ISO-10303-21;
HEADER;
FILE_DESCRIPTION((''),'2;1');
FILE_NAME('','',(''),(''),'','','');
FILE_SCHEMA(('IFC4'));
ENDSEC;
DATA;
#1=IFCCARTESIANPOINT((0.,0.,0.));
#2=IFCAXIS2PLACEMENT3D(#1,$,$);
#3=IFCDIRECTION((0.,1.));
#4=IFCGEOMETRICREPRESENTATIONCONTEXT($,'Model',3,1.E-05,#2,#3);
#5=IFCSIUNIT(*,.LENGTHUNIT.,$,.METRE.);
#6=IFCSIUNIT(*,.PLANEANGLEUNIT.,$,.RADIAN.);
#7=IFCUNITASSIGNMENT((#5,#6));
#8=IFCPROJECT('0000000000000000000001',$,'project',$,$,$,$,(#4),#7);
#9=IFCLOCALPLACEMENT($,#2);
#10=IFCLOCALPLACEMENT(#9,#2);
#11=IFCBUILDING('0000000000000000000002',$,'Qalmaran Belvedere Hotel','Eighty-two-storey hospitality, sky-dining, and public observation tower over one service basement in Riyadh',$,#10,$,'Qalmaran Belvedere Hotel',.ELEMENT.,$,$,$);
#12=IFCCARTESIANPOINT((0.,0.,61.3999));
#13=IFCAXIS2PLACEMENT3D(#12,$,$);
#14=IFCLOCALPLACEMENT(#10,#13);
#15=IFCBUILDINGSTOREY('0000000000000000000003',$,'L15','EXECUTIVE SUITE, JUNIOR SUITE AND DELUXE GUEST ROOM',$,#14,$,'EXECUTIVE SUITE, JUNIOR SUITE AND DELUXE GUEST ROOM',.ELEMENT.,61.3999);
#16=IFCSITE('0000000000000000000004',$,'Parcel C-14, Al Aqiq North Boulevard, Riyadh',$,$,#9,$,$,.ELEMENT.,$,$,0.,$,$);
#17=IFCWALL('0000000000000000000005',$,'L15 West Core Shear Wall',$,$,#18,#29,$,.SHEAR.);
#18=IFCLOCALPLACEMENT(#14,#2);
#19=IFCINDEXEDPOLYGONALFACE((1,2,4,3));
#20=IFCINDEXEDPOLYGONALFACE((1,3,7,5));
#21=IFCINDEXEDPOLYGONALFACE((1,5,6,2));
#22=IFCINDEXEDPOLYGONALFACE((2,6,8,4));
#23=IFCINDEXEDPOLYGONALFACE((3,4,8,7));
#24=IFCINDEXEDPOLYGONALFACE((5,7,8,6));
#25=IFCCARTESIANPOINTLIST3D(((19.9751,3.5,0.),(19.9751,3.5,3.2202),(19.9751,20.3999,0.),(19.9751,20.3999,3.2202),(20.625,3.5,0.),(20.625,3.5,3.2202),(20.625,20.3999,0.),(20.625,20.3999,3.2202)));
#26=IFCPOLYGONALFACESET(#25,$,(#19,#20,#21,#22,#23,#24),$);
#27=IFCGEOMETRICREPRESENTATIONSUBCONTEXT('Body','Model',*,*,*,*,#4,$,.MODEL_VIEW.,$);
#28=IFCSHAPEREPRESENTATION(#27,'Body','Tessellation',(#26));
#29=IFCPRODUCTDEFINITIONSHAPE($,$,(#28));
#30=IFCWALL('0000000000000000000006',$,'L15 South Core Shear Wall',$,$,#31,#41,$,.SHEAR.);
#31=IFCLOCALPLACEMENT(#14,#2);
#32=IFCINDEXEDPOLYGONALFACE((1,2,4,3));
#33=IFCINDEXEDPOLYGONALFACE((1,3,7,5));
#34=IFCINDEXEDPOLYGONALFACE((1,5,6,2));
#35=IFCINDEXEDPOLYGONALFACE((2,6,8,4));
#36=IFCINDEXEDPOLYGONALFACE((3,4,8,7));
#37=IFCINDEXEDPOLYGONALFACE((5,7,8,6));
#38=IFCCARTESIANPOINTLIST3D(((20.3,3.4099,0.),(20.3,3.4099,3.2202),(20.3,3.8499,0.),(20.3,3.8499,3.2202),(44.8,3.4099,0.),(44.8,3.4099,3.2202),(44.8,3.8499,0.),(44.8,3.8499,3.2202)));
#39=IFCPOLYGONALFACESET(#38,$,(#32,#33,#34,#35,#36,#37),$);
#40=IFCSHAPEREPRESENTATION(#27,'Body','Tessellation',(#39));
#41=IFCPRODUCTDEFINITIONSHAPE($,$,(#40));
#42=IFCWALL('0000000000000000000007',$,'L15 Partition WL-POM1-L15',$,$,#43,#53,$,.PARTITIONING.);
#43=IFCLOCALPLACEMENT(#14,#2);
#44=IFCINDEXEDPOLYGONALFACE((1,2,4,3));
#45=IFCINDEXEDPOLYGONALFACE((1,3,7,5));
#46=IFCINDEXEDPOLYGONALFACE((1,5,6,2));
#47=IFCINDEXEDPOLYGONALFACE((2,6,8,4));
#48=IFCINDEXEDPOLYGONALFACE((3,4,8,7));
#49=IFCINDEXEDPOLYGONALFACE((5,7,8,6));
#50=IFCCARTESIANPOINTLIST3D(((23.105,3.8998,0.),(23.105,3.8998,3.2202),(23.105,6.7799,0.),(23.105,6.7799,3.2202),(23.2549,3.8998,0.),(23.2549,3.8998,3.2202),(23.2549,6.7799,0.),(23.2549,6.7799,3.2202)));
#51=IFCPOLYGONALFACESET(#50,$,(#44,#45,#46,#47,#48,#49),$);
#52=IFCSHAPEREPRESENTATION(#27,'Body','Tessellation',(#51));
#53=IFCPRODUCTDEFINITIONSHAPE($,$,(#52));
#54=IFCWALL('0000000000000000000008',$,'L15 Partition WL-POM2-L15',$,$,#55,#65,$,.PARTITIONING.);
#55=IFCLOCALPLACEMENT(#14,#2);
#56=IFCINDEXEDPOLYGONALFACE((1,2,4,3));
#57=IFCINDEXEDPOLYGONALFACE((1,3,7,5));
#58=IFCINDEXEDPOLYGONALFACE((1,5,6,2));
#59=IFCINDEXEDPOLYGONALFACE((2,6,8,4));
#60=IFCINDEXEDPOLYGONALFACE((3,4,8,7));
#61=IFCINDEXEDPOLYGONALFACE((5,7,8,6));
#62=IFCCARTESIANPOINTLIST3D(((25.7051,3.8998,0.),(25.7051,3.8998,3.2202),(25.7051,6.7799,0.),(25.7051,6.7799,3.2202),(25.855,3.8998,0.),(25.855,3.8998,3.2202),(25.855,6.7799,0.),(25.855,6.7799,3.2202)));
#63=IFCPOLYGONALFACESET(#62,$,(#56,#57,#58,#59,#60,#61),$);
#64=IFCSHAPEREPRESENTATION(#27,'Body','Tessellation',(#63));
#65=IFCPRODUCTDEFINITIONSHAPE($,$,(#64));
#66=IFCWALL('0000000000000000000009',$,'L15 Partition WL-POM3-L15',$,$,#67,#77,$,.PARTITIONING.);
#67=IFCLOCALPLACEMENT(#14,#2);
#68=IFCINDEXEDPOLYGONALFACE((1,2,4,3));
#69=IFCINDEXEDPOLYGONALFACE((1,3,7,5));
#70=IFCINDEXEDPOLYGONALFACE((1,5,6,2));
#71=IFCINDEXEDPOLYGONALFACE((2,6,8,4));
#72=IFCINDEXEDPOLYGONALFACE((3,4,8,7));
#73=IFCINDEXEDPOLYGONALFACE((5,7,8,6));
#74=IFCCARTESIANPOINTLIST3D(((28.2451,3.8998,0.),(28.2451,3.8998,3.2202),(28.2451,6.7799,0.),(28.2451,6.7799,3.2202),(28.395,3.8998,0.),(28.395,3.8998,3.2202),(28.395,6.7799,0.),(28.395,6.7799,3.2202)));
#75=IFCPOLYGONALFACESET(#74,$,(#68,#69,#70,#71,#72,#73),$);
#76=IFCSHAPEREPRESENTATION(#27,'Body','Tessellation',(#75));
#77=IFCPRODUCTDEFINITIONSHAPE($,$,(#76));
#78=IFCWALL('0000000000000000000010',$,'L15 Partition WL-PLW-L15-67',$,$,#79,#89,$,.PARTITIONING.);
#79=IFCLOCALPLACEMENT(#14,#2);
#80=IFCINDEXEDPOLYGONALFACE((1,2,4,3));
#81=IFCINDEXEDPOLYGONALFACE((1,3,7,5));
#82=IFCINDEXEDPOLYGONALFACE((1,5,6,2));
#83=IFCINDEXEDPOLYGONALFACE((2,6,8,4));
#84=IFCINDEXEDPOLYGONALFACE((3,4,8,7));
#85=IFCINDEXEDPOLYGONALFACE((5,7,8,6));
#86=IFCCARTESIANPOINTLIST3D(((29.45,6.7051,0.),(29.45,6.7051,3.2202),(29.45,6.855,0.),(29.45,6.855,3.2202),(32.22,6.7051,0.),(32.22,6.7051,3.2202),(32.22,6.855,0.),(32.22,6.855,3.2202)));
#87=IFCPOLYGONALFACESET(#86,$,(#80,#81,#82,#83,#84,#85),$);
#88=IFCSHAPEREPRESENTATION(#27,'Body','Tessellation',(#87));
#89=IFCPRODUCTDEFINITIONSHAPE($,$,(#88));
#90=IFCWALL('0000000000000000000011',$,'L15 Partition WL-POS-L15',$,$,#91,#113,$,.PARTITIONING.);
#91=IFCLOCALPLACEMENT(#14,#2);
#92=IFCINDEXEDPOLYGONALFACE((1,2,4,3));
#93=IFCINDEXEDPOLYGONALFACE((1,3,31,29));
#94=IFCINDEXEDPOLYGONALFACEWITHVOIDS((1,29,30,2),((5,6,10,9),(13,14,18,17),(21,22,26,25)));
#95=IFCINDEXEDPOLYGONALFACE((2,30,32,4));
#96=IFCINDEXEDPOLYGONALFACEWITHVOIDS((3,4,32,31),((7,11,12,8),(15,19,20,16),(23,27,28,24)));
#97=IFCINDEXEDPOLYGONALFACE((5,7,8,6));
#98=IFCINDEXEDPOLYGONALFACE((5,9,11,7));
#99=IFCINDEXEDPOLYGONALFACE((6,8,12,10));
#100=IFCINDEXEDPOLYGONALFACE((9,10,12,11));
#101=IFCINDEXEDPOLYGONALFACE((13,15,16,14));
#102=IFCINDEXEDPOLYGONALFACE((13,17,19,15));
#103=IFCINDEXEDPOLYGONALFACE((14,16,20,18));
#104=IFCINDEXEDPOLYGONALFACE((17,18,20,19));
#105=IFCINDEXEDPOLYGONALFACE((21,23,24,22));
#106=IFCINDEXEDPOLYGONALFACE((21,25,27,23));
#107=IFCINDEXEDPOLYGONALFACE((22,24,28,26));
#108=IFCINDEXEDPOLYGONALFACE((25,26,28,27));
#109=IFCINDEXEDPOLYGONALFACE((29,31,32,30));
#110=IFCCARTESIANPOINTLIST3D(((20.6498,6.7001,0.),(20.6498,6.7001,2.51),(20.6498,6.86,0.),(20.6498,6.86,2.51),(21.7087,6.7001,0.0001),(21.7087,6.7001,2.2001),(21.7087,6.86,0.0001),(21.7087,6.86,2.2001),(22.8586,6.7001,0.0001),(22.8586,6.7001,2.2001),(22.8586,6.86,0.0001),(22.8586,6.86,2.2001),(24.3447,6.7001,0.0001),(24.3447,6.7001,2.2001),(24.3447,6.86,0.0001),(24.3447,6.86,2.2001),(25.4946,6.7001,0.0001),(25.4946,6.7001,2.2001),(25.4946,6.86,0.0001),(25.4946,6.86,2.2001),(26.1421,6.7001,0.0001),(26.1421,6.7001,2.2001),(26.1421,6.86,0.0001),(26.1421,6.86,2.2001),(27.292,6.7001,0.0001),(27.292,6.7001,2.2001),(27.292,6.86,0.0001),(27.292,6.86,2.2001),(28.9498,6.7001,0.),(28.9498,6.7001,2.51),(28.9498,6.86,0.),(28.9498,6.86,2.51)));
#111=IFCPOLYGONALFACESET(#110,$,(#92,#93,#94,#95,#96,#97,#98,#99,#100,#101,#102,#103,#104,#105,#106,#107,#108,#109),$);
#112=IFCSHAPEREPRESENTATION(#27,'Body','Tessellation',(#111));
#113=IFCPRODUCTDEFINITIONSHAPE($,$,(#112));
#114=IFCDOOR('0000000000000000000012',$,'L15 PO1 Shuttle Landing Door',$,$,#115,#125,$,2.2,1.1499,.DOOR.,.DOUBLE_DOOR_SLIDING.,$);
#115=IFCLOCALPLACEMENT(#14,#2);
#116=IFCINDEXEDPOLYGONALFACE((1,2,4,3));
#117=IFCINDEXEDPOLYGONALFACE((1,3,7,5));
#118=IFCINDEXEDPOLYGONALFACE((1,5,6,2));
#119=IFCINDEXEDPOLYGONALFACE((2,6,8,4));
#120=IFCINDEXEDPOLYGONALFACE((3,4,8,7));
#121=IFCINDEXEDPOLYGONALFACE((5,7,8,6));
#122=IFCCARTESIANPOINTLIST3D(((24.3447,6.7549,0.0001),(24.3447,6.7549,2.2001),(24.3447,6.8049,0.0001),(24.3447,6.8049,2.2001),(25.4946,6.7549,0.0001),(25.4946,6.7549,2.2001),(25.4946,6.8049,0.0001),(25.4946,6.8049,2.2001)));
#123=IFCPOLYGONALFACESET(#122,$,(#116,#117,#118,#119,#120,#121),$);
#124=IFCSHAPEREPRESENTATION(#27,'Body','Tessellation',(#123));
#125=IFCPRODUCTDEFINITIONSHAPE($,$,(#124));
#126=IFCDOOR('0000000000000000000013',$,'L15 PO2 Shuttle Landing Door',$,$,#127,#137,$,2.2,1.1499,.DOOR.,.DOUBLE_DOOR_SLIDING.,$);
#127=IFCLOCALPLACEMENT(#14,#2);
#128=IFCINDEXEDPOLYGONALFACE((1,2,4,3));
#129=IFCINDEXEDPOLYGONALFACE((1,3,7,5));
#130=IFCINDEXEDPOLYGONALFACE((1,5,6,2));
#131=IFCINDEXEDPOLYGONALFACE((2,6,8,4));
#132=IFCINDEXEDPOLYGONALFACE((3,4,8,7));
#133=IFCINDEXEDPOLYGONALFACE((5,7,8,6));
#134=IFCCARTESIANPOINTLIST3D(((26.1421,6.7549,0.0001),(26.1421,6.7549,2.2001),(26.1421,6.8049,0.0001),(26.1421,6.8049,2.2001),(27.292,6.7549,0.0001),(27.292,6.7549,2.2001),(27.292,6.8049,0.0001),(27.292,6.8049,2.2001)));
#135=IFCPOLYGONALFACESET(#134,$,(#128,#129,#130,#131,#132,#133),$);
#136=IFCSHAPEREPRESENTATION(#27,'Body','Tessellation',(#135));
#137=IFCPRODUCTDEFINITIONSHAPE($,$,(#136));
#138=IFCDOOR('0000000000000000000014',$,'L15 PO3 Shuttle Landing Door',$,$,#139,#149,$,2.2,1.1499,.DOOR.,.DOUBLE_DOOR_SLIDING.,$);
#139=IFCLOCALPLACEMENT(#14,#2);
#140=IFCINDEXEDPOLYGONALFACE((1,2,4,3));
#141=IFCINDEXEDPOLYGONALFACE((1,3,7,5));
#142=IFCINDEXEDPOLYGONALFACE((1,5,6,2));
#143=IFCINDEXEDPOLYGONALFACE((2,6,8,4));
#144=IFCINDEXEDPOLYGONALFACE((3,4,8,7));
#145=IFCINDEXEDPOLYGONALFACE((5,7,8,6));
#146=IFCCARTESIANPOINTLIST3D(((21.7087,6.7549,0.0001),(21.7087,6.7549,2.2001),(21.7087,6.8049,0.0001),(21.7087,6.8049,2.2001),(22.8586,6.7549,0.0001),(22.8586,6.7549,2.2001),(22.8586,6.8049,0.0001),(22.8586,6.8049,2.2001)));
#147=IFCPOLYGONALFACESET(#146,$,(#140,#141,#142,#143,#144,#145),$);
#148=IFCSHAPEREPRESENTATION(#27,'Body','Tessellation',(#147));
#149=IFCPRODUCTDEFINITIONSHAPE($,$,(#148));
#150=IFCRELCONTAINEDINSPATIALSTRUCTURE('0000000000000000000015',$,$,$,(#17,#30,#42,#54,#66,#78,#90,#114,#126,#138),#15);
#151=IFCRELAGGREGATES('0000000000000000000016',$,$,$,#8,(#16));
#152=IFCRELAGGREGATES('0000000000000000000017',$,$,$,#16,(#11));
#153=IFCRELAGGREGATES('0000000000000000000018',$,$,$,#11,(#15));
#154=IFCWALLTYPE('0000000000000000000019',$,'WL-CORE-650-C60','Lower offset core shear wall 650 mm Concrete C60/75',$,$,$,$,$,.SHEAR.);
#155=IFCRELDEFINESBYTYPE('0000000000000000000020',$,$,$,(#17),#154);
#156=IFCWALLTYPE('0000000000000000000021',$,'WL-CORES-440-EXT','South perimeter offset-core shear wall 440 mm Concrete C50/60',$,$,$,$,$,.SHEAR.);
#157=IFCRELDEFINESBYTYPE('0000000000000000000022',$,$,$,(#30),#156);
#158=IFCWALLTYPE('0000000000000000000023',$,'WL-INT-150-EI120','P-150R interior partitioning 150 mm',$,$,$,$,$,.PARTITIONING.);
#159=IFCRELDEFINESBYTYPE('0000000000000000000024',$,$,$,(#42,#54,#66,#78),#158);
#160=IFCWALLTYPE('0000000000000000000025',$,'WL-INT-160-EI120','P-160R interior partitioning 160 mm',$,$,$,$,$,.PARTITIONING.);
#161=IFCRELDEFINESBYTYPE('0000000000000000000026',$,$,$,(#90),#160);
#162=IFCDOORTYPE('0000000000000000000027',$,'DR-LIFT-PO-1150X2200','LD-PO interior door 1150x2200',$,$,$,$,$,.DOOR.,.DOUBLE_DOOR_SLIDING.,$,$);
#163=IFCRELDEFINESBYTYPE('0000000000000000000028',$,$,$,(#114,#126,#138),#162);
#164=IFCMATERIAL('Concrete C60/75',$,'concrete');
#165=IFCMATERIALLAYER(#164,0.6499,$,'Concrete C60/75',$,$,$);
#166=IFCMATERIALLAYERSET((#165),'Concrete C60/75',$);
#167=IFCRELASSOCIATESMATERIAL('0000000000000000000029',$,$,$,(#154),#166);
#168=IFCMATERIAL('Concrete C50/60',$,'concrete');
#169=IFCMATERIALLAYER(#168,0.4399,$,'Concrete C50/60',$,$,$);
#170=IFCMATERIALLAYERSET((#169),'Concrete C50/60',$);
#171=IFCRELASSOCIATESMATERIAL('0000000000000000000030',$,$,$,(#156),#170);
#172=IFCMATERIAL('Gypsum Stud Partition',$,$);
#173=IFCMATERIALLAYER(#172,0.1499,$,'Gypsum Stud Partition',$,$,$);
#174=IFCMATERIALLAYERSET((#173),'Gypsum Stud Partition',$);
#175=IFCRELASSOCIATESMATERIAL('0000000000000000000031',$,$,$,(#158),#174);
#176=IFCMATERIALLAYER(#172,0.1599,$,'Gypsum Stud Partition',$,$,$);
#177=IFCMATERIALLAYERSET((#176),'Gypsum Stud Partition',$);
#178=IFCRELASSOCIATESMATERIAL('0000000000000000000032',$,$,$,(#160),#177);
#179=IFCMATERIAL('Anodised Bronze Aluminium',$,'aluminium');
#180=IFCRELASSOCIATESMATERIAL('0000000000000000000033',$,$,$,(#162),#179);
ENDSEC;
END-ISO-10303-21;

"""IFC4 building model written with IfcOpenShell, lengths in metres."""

from ifc_helpers import new_model, si_unit, direction, frame, frame_2d, origin, place, context, subcontext, project, spatial, rectangle, extrude, material, layer, layer_set, type_object, element, fill, save


model = new_model("IFC4")

# Units and contexts
model_context = context("Model", 3, precision=1e-05, world=origin(), true_north=direction((0.0, 1.0)))
body_context = subcontext(model_context, "Body", "Model", "MODEL_VIEW")
ifc_project = project(units=[si_unit("LENGTHUNIT", "METRE"), si_unit("PLANEANGLEUNIT", "RADIAN")], contexts=[model_context])

# Site, building, storey
site_placement = place(None, origin())
site = spatial("IfcSite", under=ifc_project, at=site_placement, Name="Parcel C-14, Al Aqiq North Boulevard, Riyadh", CompositionType="ELEMENT", RefElevation=0.0)
building_placement = place(site_placement, origin())
building = spatial("IfcBuilding", under=site, at=building_placement, Name="Qalmaran Belvedere Hotel", Description="Eighty-two-storey hospitality, sky-dining, and public observation tower over one service basement in Riyadh", LongName="Qalmaran Belvedere Hotel", CompositionType="ELEMENT")
storey_placement = place(building_placement, frame((0.0, 0.0, 61.3999)))
storey = spatial("IfcBuildingStorey", under=building, at=storey_placement, Name="L15", Description="EXECUTIVE SUITE, JUNIOR SUITE AND DELUXE GUEST ROOM", LongName="EXECUTIVE SUITE, JUNIOR SUITE AND DELUXE GUEST ROOM", CompositionType="ELEMENT", Elevation=61.3999)

# Shared definitions
ifc_material_1 = material(Name="Concrete C60/75", Category="concrete")

# Shared definitions
ifc_material_2 = material(Name="Anodised Bronze Aluminium", Category="aluminium")

# Wall
ifc_layer_1 = layer(ifc_material_1, 0.6499, Name="Concrete C60/75")
ifc_layer_set_1 = layer_set([ifc_layer_1], Name="Concrete C60/75")
wall_type_1 = type_object("IfcWallType", Name="WL-CORE-650-C60", Description="Lower offset core shear wall 650 mm Concrete C60/75", PredefinedType="SHEAR", material=ifc_layer_set_1)
wall_1_placement = place(storey_placement, frame((20.3, 3.5, 0.0), z_axis=(0.0, 0.0, 1.0), x_axis=(0.0, 1.0, 0.0)))
element("IfcWall", 1, at=wall_1_placement, inside=storey, type_object=wall_type_1, Name="L15 West Core Shear Wall", PredefinedType="SHEAR", context=body_context, shape_type="SweptSolid", body=[
    extrude(rectangle(XDim=16.8999, YDim=0.6499, at=frame_2d((8.45, 0.0))), origin(), (0.0, 0.0, 1.0), 3.2202),
])

# Walls
ifc_material_3 = material(Name="Concrete C50/60", Category="concrete")
ifc_layer_2 = layer(ifc_material_3, 0.4399, Name="Concrete C50/60")
ifc_layer_set_2 = layer_set([ifc_layer_2], Name="Concrete C50/60")
wall_type_2 = type_object("IfcWallType", Name="WL-CORES-440-EXT", Description="South perimeter offset-core shear wall 440 mm Concrete C50/60", PredefinedType="SHEAR", material=ifc_layer_set_2)
wall_2_placement = place(storey_placement, frame((20.3, 3.6299, 0.0), z_axis=(0.0, 0.0, 1.0), x_axis=(1.0, 0.0, 0.0)))
element("IfcWall", 2, at=wall_2_placement, inside=storey, type_object=wall_type_2, Name="L15 South Core Shear Wall", PredefinedType="SHEAR", context=body_context, shape_type="SweptSolid", body=[
    extrude(rectangle(XDim=24.5, YDim=0.4399, at=frame_2d((12.25, 0.0))), origin(), (0.0, 0.0, 1.0), 3.2202),
])
ifc_material_4 = material(Name="Gypsum Stud Partition")
ifc_layer_3 = layer(ifc_material_4, 0.1499, Name="Gypsum Stud Partition")
ifc_layer_set_3 = layer_set([ifc_layer_3], Name="Gypsum Stud Partition")
wall_type_3 = type_object("IfcWallType", Name="WL-INT-150-EI120", Description="P-150R interior partitioning 150 mm", PredefinedType="PARTITIONING", material=ifc_layer_set_3)
for number, where, z_axis, x_axis, name in (
    (3, (23.1799, 3.8999, 0.0), (0.0, 0.0, 1.0), (0.0, 1.0, 0.0), "L15 Partition WL-POM1-L15"),
    (4, (25.78, 3.8999, 0.0), (0.0, 0.0, 1.0), (0.0, 1.0, 0.0), "L15 Partition WL-POM2-L15"),
    (5, (28.3201, 3.8999, 0.0), (0.0, 0.0, 1.0), (0.0, 1.0, 0.0), "L15 Partition WL-POM3-L15"),
):
    element("IfcWall", number, at=place(storey_placement, frame(where, z_axis=z_axis, x_axis=x_axis)), inside=storey, type_object=wall_type_3, Name=name, PredefinedType="PARTITIONING", context=body_context, shape_type="SweptSolid", body=[
        extrude(rectangle(XDim=2.8801, YDim=0.1499, at=frame_2d((1.4399, 0.0))), origin(), (0.0, 0.0, 1.0), 3.2202),
    ])
wall_3_placement = place(storey_placement, frame((29.45, 6.78, 0.0), z_axis=(0.0, 0.0, 1.0), x_axis=(1.0, 0.0, 0.0)))
element("IfcWall", 6, at=wall_3_placement, inside=storey, type_object=wall_type_3, Name="L15 Partition WL-PLW-L15-67", PredefinedType="PARTITIONING", context=body_context, shape_type="SweptSolid", body=[
    extrude(rectangle(XDim=2.77, YDim=0.1499, at=frame_2d((1.385, 0.0))), origin(), (0.0, 0.0, 1.0), 3.2202),
])

# Wall, openings, doors
ifc_layer_4 = layer(ifc_material_4, 0.1599, Name="Gypsum Stud Partition")
ifc_layer_set_4 = layer_set([ifc_layer_4], Name="Gypsum Stud Partition")
wall_type_4 = type_object("IfcWallType", Name="WL-INT-160-EI120", Description="P-160R interior partitioning 160 mm", PredefinedType="PARTITIONING", material=ifc_layer_set_4)
wall_4_placement = place(storey_placement, frame((20.6499, 6.78, 0.0), z_axis=(0.0, 0.0, 1.0), x_axis=(1.0, 0.0, 0.0)))
wall_4 = element("IfcWall", 7, at=wall_4_placement, inside=storey, type_object=wall_type_4, Name="L15 Partition WL-POS-L15", PredefinedType="PARTITIONING", context=body_context, shape_type="SweptSolid", body=[
    extrude(rectangle(XDim=8.3, YDim=0.1599, at=frame_2d((4.1499, 0.0))), origin(), (0.0, 0.0, 1.0), 2.51),
])
opening_1_placement = place(wall_4_placement, frame((3.6948, 0.0, 0.0)))
opening_1 = element("IfcOpeningElement", 8, at=opening_1_placement, cuts=wall_4, PredefinedType="OPENING", context=body_context, shape_type="SweptSolid", body=[
    extrude(rectangle(XDim=1.1499, YDim=2.2, at=frame_2d((0.575, 1.1001))), frame((0.0, 0.0898, 0.0), z_axis=(0.0, -1.0, 0.0), x_axis=(1.0, 0.0, 0.0)), (0.0, 0.0, 1.0), 0.1799),
])
opening_2_placement = place(wall_4_placement, frame((5.4922, 0.0, 0.0)))
opening_2 = element("IfcOpeningElement", 9, at=opening_2_placement, cuts=wall_4, PredefinedType="OPENING", context=body_context, shape_type="SweptSolid", body=[
    extrude(rectangle(XDim=1.1499, YDim=2.2, at=frame_2d((0.575, 1.1001))), frame((0.0, 0.0898, 0.0), z_axis=(0.0, -1.0, 0.0), x_axis=(1.0, 0.0, 0.0)), (0.0, 0.0, 1.0), 0.1799),
])
opening_3_placement = place(wall_4_placement, frame((1.0588, 0.0, 0.0)))
opening_3 = element("IfcOpeningElement", 10, at=opening_3_placement, cuts=wall_4, PredefinedType="OPENING", context=body_context, shape_type="SweptSolid", body=[
    extrude(rectangle(XDim=1.1499, YDim=2.2, at=frame_2d((0.575, 1.1001))), frame((0.0, 0.0898, 0.0), z_axis=(0.0, -1.0, 0.0), x_axis=(1.0, 0.0, 0.0)), (0.0, 0.0, 1.0), 0.1799),
])
door_type_1 = type_object("IfcDoorType", Name="DR-LIFT-PO-1150X2200", Description="LD-PO interior door 1150x2200", OperationType="DOUBLE_DOOR_SLIDING", PredefinedType="DOOR", material=ifc_material_2)
door_1_placement = place(opening_1_placement, origin())
door_1 = element("IfcDoor", 11, at=door_1_placement, inside=storey, type_object=door_type_1, Name="L15 PO1 Shuttle Landing Door", OperationType="DOUBLE_DOOR_SLIDING", OverallHeight=2.2, OverallWidth=1.1499, PredefinedType="DOOR", context=body_context, shape_type="SweptSolid", body=[
    extrude(rectangle(XDim=1.1499, YDim=2.2, at=frame_2d((0.575, 1.1001))), frame((0.0, 0.0249, 0.0), z_axis=(0.0, -1.0, 0.0), x_axis=(1.0, 0.0, 0.0)), (0.0, 0.0, 1.0), 0.05),
])
fill(opening_1, door_1)
door_2_placement = place(opening_2_placement, origin())
door_2 = element("IfcDoor", 12, at=door_2_placement, inside=storey, type_object=door_type_1, Name="L15 PO2 Shuttle Landing Door", OperationType="DOUBLE_DOOR_SLIDING", OverallHeight=2.2, OverallWidth=1.1499, PredefinedType="DOOR", context=body_context, shape_type="SweptSolid", body=[
    extrude(rectangle(XDim=1.1499, YDim=2.2, at=frame_2d((0.575, 1.1001))), frame((0.0, 0.0249, 0.0), z_axis=(0.0, -1.0, 0.0), x_axis=(1.0, 0.0, 0.0)), (0.0, 0.0, 1.0), 0.05),
])
fill(opening_2, door_2)
door_3_placement = place(opening_3_placement, origin())
door_3 = element("IfcDoor", 13, at=door_3_placement, inside=storey, type_object=door_type_1, Name="L15 PO3 Shuttle Landing Door", OperationType="DOUBLE_DOOR_SLIDING", OverallHeight=2.2, OverallWidth=1.1499, PredefinedType="DOOR", context=body_context, shape_type="SweptSolid", body=[
    extrude(rectangle(XDim=1.1499, YDim=2.2, at=frame_2d((0.575, 1.1001))), frame((0.0, 0.0249, 0.0), z_axis=(0.0, -1.0, 0.0), x_axis=(1.0, 0.0, 0.0)), (0.0, 0.0, 1.0), 0.05),
])
fill(opening_3, door_3)

save(model, "model.ifc")
